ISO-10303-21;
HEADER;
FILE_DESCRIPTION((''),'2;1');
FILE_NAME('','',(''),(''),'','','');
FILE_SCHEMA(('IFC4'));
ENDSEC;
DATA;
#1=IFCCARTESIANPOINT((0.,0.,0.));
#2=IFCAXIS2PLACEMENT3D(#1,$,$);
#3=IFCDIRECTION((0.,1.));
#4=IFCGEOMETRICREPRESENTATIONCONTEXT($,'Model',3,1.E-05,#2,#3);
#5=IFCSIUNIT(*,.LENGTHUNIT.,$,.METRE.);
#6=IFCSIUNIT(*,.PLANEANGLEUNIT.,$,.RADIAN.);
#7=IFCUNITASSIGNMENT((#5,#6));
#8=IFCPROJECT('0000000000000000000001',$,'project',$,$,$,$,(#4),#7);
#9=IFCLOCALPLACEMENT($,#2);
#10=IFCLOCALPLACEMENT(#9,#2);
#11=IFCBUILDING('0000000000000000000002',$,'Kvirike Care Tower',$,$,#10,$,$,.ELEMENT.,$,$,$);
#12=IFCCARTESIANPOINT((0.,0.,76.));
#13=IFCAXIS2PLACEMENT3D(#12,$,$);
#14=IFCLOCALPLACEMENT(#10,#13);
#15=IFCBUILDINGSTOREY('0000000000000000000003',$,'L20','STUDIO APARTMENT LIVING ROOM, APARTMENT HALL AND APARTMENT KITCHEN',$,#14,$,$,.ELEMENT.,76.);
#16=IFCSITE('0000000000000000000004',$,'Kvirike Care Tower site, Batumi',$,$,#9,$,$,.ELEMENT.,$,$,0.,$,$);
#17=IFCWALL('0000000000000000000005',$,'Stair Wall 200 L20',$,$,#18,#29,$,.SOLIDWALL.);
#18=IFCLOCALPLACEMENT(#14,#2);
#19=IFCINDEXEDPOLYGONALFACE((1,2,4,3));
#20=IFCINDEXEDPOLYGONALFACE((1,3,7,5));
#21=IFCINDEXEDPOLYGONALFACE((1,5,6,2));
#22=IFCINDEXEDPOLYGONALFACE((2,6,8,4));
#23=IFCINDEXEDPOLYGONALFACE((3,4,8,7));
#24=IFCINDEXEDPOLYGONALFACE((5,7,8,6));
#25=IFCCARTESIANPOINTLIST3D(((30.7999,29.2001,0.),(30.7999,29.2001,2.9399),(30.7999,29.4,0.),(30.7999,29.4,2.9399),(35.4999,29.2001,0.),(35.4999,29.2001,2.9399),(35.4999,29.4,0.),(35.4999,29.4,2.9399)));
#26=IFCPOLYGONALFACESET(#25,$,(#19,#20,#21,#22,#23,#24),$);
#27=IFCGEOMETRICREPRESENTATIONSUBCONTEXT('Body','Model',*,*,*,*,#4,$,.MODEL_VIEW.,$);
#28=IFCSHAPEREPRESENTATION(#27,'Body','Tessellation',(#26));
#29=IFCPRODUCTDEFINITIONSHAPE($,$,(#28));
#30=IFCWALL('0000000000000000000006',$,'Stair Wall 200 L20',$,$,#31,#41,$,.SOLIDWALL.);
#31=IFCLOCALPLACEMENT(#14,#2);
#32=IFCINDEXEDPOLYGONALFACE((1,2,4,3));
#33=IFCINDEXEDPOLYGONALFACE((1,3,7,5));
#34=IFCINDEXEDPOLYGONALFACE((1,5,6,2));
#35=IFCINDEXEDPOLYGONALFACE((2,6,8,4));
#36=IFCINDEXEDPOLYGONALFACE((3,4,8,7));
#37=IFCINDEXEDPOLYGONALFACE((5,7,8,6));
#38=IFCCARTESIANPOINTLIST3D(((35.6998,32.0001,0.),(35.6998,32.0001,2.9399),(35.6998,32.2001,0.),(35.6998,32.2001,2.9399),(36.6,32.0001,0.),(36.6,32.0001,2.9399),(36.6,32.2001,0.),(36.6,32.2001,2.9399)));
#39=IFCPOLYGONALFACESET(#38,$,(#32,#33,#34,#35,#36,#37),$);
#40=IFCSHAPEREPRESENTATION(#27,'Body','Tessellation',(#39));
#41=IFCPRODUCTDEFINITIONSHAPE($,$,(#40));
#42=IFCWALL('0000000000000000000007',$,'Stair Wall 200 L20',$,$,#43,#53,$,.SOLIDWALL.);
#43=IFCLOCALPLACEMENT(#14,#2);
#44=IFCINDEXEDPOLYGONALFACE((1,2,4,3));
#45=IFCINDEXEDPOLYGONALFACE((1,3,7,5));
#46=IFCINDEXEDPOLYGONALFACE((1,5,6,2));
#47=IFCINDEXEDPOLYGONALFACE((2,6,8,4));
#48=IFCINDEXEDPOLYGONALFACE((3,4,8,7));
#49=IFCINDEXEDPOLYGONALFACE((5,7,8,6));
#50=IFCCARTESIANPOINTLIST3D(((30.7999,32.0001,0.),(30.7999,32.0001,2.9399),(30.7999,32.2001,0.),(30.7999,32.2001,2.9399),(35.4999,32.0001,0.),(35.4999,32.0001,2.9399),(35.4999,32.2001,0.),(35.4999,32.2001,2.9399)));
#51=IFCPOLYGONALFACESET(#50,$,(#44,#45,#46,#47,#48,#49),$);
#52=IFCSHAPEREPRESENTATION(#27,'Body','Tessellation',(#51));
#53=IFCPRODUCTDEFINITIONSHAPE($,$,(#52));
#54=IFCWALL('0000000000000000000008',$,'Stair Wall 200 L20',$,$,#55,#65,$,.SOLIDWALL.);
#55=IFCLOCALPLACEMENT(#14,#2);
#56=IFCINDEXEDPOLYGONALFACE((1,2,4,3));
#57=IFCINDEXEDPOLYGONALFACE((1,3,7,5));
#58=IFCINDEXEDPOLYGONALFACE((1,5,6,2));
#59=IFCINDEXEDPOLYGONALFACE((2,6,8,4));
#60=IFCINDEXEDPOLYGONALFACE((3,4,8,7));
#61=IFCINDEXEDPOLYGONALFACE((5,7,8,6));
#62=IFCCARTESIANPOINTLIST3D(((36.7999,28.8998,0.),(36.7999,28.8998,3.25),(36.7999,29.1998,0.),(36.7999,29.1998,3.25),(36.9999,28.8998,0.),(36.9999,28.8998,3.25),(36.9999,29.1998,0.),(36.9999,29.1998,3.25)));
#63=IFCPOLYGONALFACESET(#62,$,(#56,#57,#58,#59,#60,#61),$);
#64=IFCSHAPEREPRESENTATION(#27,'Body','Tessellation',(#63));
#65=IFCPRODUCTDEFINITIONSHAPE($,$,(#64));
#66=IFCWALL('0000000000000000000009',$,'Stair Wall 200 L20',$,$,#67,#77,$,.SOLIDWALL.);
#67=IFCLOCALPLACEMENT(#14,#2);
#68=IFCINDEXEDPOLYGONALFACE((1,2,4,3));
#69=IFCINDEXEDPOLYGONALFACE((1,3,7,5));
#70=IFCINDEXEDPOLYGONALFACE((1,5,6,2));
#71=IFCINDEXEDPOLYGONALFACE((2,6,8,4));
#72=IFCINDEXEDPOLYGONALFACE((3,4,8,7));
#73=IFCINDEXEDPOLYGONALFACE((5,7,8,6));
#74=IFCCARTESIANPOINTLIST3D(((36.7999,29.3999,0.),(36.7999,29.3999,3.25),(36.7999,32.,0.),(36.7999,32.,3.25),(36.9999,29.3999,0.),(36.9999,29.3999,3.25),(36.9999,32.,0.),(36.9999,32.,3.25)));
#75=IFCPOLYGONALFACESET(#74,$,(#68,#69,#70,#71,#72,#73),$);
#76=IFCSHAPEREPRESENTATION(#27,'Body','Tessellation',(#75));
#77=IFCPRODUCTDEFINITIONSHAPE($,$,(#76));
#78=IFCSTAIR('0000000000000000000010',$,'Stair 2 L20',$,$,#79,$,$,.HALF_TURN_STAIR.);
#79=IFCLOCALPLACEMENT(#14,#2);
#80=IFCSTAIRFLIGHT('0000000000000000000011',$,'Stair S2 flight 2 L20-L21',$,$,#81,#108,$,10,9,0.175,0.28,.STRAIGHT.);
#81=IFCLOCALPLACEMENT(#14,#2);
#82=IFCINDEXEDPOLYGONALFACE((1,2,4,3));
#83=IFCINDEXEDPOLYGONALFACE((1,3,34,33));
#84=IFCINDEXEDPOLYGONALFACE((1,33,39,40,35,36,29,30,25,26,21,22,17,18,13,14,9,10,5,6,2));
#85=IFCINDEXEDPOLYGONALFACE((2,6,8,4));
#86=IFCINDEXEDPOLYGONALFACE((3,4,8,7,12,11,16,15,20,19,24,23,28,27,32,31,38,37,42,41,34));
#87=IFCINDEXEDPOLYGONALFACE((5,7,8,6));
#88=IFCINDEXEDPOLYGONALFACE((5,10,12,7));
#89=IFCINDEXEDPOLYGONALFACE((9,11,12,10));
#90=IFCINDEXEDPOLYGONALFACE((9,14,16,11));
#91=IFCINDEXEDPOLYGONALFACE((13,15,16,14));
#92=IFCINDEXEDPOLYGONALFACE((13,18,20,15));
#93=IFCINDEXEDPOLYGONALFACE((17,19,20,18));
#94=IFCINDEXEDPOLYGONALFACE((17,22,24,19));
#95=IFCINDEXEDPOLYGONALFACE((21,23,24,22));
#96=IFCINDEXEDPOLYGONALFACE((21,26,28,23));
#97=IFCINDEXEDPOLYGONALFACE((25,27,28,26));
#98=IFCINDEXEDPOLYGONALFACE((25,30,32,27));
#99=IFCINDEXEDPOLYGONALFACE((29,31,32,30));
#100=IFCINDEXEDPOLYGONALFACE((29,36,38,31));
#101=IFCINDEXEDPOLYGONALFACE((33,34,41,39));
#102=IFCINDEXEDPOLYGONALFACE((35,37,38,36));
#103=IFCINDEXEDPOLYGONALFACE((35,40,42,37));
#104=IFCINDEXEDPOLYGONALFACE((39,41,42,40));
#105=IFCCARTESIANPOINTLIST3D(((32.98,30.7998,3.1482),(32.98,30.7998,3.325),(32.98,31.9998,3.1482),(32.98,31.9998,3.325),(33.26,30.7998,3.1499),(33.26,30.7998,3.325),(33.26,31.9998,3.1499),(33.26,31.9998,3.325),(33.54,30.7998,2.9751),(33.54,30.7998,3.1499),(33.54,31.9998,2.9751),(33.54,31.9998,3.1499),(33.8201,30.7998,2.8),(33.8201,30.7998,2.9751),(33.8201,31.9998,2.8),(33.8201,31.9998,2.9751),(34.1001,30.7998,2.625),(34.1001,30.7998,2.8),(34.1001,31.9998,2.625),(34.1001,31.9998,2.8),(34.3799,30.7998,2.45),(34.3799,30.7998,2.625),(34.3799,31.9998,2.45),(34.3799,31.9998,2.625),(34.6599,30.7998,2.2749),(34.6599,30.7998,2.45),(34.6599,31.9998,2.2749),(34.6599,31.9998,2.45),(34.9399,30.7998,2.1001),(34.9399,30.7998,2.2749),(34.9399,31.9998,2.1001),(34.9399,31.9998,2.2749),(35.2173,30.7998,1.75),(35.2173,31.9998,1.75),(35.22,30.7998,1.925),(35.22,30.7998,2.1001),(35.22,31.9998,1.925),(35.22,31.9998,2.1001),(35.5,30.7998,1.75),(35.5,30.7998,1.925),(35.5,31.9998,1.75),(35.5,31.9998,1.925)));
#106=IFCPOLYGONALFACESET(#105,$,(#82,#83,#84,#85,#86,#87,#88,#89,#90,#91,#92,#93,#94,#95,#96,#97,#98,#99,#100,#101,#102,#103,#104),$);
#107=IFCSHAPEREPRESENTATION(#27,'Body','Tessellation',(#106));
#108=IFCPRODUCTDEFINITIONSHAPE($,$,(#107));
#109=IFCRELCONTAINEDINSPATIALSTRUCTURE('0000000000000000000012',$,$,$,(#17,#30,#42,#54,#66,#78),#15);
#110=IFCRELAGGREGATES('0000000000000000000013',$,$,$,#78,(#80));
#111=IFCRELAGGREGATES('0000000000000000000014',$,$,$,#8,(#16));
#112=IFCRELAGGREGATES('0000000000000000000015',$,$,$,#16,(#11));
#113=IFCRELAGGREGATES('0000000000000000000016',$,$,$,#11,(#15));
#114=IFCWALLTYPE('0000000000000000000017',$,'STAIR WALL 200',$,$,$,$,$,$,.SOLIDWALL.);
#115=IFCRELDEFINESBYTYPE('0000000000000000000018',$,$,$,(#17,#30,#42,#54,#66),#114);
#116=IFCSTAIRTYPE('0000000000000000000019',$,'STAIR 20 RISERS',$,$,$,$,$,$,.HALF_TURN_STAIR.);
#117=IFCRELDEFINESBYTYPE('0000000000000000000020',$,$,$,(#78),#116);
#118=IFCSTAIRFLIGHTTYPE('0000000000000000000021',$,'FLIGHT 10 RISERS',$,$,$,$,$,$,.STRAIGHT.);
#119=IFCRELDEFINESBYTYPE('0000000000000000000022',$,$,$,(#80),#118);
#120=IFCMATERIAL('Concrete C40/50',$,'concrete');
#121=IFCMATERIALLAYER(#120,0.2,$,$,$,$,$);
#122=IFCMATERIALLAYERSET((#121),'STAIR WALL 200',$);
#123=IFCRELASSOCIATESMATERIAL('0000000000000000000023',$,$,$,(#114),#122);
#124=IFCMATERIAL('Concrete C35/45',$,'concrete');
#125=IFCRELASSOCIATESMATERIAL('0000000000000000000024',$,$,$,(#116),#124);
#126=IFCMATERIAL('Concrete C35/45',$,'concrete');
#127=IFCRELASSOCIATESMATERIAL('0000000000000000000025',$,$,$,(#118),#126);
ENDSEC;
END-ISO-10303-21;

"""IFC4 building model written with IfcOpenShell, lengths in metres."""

from ifc_helpers import new_model, si_unit, direction, frame, frame_2d, origin, place, context, subcontext, project, spatial, polyline, rectangle, outline, extrude, material, layer, layer_set, type_object, element, aggregate, save


model = new_model("IFC4")

# Units and contexts
model_context = context("Model", 3, precision=1e-05, world=origin(), true_north=direction((0.0, 1.0)))
body_context = subcontext(model_context, "Body", "Model", "MODEL_VIEW")
ifc_project = project(units=[si_unit("LENGTHUNIT", "METRE"), si_unit("PLANEANGLEUNIT", "RADIAN")], contexts=[model_context])

# Site, building, storey
site_placement = place(None, origin())
site = spatial("IfcSite", under=ifc_project, at=site_placement, Name="Kvirike Care Tower site, Batumi", CompositionType="ELEMENT", RefElevation=0.0)
building_placement = place(site_placement, origin())
building = spatial("IfcBuilding", under=site, at=building_placement, Name="Kvirike Care Tower", CompositionType="ELEMENT")
storey_placement = place(building_placement, frame((0.0, 0.0, 76.0)))
storey = spatial("IfcBuildingStorey", under=building, at=storey_placement, Name="L20", Description="STUDIO APARTMENT LIVING ROOM, APARTMENT HALL AND APARTMENT KITCHEN", CompositionType="ELEMENT", Elevation=76.0)

# Walls
ifc_material_1 = material(Name="Concrete C40/50", Category="concrete")
ifc_layer_1 = layer(ifc_material_1, 0.2)
ifc_layer_set_1 = layer_set([ifc_layer_1], Name="STAIR WALL 200")
wall_type_1 = type_object("IfcWallType", Name="STAIR WALL 200", PredefinedType="SOLIDWALL", material=ifc_layer_set_1)
wall_1_placement = place(storey_placement, frame((35.5, 29.3, 0.0), z_axis=(0.0, 0.0, 1.0), x_axis=(-1.0, 0.0, 0.0)))
element("IfcWall", 1, at=wall_1_placement, inside=storey, type_object=wall_type_1, Name="Stair Wall 200 L20", PredefinedType="SOLIDWALL", context=body_context, shape_type="SweptSolid", body=[
    extrude(rectangle(XDim=4.7, YDim=0.2, at=frame_2d((2.3501, 0.0))), origin(), (0.0, 0.0, 1.0), 2.9399),
])
wall_2_placement = place(storey_placement, frame((36.6001, 32.1001, 0.0), z_axis=(0.0, 0.0, 1.0), x_axis=(-1.0, 0.0, 0.0)))
element("IfcWall", 2, at=wall_2_placement, inside=storey, type_object=wall_type_1, Name="Stair Wall 200 L20", PredefinedType="SOLIDWALL", context=body_context, shape_type="SweptSolid", body=[
    extrude(rectangle(XDim=0.9001, YDim=0.2, at=frame_2d((0.4502, 0.0))), origin(), (0.0, 0.0, 1.0), 2.9399),
])
wall_3_placement = place(storey_placement, frame((35.5, 32.1001, 0.0), z_axis=(0.0, 0.0, 1.0), x_axis=(-1.0, 0.0, 0.0)))
element("IfcWall", 3, at=wall_3_placement, inside=storey, type_object=wall_type_1, Name="Stair Wall 200 L20", PredefinedType="SOLIDWALL", context=body_context, shape_type="SweptSolid", body=[
    extrude(rectangle(XDim=4.7, YDim=0.2, at=frame_2d((2.3501, 0.0))), origin(), (0.0, 0.0, 1.0), 2.9399),
])
wall_4_placement = place(storey_placement, frame((36.8999, 28.8999, 0.0), z_axis=(0.0, 0.0, 1.0), x_axis=(0.0, 1.0, 0.0)))
element("IfcWall", 4, at=wall_4_placement, inside=storey, type_object=wall_type_1, Name="Stair Wall 200 L20", PredefinedType="SOLIDWALL", context=body_context, shape_type="SweptSolid", body=[
    extrude(rectangle(XDim=0.3, YDim=0.2, at=frame_2d((0.1499, 0.0))), origin(), (0.0, 0.0, 1.0), 3.25),
])
wall_5_placement = place(storey_placement, frame((36.8999, 29.3999, 0.0), z_axis=(0.0, 0.0, 1.0), x_axis=(0.0, 1.0, 0.0)))
element("IfcWall", 5, at=wall_5_placement, inside=storey, type_object=wall_type_1, Name="Stair Wall 200 L20", PredefinedType="SOLIDWALL", context=body_context, shape_type="SweptSolid", body=[
    extrude(rectangle(XDim=2.6001, YDim=0.2, at=frame_2d((1.3, 0.0))), origin(), (0.0, 0.0, 1.0), 3.25),
])

# Stair, stair flight
ifc_material_2 = material(Name="Concrete C35/45", Category="concrete")
stair_type = type_object("IfcStairType", Name="STAIR 20 RISERS", PredefinedType="HALF_TURN_STAIR", material=ifc_material_2)
stair_placement = place(storey_placement, origin())
stair = element("IfcStair", 6, at=stair_placement, inside=storey, type_object=stair_type, Name="Stair 2 L20", PredefinedType="HALF_TURN_STAIR")
ifc_material_3 = material(Name="Concrete C35/45", Category="concrete")
stair_flight_type = type_object("IfcStairFlightType", Name="FLIGHT 10 RISERS", PredefinedType="STRAIGHT", material=ifc_material_3)
stair_flight_placement = place(storey_placement, frame((35.5, 31.3999, 1.75), z_axis=(0.0, 0.0, 1.0), x_axis=(-1.0, 0.0, 0.0)))
stair_flight = element("IfcStairFlight", 7, at=stair_flight_placement, type_object=stair_flight_type, Name="Stair S2 flight 2 L20-L21", NumberOfRisers=10, NumberOfTreads=9, PredefinedType="STRAIGHT", RiserHeight=0.175, TreadLength=0.28, context=body_context, shape_type="SweptSolid", body=[
    extrude(outline(polyline([(0.0, 0.0), (0.0, 0.175), (0.28, 0.175), (0.28, 0.3501), (0.5601, 0.3501), (0.5601, 0.5249), (0.8401, 0.5249), (0.8401, 0.7), (1.1201, 0.7), (1.1201, 0.875), (1.3999, 0.875), (1.3999, 1.05), (1.6799, 1.05), (1.6799, 1.2251), (1.96, 1.2251), (1.96, 1.3999), (2.24, 1.3999), (2.24, 1.575), (2.52, 1.575), (2.52, 1.75), (2.52, 1.3982), (0.2827, 0.0), (0.0, 0.0)])), frame((0.0, 0.6001, 0.0), z_axis=(0.0, -1.0, 0.0), x_axis=(1.0, 0.0, 0.0)), (0.0, 0.0, 1.0), 1.2),
])
aggregate(stair, [stair_flight])

save(model, "model.ifc")
